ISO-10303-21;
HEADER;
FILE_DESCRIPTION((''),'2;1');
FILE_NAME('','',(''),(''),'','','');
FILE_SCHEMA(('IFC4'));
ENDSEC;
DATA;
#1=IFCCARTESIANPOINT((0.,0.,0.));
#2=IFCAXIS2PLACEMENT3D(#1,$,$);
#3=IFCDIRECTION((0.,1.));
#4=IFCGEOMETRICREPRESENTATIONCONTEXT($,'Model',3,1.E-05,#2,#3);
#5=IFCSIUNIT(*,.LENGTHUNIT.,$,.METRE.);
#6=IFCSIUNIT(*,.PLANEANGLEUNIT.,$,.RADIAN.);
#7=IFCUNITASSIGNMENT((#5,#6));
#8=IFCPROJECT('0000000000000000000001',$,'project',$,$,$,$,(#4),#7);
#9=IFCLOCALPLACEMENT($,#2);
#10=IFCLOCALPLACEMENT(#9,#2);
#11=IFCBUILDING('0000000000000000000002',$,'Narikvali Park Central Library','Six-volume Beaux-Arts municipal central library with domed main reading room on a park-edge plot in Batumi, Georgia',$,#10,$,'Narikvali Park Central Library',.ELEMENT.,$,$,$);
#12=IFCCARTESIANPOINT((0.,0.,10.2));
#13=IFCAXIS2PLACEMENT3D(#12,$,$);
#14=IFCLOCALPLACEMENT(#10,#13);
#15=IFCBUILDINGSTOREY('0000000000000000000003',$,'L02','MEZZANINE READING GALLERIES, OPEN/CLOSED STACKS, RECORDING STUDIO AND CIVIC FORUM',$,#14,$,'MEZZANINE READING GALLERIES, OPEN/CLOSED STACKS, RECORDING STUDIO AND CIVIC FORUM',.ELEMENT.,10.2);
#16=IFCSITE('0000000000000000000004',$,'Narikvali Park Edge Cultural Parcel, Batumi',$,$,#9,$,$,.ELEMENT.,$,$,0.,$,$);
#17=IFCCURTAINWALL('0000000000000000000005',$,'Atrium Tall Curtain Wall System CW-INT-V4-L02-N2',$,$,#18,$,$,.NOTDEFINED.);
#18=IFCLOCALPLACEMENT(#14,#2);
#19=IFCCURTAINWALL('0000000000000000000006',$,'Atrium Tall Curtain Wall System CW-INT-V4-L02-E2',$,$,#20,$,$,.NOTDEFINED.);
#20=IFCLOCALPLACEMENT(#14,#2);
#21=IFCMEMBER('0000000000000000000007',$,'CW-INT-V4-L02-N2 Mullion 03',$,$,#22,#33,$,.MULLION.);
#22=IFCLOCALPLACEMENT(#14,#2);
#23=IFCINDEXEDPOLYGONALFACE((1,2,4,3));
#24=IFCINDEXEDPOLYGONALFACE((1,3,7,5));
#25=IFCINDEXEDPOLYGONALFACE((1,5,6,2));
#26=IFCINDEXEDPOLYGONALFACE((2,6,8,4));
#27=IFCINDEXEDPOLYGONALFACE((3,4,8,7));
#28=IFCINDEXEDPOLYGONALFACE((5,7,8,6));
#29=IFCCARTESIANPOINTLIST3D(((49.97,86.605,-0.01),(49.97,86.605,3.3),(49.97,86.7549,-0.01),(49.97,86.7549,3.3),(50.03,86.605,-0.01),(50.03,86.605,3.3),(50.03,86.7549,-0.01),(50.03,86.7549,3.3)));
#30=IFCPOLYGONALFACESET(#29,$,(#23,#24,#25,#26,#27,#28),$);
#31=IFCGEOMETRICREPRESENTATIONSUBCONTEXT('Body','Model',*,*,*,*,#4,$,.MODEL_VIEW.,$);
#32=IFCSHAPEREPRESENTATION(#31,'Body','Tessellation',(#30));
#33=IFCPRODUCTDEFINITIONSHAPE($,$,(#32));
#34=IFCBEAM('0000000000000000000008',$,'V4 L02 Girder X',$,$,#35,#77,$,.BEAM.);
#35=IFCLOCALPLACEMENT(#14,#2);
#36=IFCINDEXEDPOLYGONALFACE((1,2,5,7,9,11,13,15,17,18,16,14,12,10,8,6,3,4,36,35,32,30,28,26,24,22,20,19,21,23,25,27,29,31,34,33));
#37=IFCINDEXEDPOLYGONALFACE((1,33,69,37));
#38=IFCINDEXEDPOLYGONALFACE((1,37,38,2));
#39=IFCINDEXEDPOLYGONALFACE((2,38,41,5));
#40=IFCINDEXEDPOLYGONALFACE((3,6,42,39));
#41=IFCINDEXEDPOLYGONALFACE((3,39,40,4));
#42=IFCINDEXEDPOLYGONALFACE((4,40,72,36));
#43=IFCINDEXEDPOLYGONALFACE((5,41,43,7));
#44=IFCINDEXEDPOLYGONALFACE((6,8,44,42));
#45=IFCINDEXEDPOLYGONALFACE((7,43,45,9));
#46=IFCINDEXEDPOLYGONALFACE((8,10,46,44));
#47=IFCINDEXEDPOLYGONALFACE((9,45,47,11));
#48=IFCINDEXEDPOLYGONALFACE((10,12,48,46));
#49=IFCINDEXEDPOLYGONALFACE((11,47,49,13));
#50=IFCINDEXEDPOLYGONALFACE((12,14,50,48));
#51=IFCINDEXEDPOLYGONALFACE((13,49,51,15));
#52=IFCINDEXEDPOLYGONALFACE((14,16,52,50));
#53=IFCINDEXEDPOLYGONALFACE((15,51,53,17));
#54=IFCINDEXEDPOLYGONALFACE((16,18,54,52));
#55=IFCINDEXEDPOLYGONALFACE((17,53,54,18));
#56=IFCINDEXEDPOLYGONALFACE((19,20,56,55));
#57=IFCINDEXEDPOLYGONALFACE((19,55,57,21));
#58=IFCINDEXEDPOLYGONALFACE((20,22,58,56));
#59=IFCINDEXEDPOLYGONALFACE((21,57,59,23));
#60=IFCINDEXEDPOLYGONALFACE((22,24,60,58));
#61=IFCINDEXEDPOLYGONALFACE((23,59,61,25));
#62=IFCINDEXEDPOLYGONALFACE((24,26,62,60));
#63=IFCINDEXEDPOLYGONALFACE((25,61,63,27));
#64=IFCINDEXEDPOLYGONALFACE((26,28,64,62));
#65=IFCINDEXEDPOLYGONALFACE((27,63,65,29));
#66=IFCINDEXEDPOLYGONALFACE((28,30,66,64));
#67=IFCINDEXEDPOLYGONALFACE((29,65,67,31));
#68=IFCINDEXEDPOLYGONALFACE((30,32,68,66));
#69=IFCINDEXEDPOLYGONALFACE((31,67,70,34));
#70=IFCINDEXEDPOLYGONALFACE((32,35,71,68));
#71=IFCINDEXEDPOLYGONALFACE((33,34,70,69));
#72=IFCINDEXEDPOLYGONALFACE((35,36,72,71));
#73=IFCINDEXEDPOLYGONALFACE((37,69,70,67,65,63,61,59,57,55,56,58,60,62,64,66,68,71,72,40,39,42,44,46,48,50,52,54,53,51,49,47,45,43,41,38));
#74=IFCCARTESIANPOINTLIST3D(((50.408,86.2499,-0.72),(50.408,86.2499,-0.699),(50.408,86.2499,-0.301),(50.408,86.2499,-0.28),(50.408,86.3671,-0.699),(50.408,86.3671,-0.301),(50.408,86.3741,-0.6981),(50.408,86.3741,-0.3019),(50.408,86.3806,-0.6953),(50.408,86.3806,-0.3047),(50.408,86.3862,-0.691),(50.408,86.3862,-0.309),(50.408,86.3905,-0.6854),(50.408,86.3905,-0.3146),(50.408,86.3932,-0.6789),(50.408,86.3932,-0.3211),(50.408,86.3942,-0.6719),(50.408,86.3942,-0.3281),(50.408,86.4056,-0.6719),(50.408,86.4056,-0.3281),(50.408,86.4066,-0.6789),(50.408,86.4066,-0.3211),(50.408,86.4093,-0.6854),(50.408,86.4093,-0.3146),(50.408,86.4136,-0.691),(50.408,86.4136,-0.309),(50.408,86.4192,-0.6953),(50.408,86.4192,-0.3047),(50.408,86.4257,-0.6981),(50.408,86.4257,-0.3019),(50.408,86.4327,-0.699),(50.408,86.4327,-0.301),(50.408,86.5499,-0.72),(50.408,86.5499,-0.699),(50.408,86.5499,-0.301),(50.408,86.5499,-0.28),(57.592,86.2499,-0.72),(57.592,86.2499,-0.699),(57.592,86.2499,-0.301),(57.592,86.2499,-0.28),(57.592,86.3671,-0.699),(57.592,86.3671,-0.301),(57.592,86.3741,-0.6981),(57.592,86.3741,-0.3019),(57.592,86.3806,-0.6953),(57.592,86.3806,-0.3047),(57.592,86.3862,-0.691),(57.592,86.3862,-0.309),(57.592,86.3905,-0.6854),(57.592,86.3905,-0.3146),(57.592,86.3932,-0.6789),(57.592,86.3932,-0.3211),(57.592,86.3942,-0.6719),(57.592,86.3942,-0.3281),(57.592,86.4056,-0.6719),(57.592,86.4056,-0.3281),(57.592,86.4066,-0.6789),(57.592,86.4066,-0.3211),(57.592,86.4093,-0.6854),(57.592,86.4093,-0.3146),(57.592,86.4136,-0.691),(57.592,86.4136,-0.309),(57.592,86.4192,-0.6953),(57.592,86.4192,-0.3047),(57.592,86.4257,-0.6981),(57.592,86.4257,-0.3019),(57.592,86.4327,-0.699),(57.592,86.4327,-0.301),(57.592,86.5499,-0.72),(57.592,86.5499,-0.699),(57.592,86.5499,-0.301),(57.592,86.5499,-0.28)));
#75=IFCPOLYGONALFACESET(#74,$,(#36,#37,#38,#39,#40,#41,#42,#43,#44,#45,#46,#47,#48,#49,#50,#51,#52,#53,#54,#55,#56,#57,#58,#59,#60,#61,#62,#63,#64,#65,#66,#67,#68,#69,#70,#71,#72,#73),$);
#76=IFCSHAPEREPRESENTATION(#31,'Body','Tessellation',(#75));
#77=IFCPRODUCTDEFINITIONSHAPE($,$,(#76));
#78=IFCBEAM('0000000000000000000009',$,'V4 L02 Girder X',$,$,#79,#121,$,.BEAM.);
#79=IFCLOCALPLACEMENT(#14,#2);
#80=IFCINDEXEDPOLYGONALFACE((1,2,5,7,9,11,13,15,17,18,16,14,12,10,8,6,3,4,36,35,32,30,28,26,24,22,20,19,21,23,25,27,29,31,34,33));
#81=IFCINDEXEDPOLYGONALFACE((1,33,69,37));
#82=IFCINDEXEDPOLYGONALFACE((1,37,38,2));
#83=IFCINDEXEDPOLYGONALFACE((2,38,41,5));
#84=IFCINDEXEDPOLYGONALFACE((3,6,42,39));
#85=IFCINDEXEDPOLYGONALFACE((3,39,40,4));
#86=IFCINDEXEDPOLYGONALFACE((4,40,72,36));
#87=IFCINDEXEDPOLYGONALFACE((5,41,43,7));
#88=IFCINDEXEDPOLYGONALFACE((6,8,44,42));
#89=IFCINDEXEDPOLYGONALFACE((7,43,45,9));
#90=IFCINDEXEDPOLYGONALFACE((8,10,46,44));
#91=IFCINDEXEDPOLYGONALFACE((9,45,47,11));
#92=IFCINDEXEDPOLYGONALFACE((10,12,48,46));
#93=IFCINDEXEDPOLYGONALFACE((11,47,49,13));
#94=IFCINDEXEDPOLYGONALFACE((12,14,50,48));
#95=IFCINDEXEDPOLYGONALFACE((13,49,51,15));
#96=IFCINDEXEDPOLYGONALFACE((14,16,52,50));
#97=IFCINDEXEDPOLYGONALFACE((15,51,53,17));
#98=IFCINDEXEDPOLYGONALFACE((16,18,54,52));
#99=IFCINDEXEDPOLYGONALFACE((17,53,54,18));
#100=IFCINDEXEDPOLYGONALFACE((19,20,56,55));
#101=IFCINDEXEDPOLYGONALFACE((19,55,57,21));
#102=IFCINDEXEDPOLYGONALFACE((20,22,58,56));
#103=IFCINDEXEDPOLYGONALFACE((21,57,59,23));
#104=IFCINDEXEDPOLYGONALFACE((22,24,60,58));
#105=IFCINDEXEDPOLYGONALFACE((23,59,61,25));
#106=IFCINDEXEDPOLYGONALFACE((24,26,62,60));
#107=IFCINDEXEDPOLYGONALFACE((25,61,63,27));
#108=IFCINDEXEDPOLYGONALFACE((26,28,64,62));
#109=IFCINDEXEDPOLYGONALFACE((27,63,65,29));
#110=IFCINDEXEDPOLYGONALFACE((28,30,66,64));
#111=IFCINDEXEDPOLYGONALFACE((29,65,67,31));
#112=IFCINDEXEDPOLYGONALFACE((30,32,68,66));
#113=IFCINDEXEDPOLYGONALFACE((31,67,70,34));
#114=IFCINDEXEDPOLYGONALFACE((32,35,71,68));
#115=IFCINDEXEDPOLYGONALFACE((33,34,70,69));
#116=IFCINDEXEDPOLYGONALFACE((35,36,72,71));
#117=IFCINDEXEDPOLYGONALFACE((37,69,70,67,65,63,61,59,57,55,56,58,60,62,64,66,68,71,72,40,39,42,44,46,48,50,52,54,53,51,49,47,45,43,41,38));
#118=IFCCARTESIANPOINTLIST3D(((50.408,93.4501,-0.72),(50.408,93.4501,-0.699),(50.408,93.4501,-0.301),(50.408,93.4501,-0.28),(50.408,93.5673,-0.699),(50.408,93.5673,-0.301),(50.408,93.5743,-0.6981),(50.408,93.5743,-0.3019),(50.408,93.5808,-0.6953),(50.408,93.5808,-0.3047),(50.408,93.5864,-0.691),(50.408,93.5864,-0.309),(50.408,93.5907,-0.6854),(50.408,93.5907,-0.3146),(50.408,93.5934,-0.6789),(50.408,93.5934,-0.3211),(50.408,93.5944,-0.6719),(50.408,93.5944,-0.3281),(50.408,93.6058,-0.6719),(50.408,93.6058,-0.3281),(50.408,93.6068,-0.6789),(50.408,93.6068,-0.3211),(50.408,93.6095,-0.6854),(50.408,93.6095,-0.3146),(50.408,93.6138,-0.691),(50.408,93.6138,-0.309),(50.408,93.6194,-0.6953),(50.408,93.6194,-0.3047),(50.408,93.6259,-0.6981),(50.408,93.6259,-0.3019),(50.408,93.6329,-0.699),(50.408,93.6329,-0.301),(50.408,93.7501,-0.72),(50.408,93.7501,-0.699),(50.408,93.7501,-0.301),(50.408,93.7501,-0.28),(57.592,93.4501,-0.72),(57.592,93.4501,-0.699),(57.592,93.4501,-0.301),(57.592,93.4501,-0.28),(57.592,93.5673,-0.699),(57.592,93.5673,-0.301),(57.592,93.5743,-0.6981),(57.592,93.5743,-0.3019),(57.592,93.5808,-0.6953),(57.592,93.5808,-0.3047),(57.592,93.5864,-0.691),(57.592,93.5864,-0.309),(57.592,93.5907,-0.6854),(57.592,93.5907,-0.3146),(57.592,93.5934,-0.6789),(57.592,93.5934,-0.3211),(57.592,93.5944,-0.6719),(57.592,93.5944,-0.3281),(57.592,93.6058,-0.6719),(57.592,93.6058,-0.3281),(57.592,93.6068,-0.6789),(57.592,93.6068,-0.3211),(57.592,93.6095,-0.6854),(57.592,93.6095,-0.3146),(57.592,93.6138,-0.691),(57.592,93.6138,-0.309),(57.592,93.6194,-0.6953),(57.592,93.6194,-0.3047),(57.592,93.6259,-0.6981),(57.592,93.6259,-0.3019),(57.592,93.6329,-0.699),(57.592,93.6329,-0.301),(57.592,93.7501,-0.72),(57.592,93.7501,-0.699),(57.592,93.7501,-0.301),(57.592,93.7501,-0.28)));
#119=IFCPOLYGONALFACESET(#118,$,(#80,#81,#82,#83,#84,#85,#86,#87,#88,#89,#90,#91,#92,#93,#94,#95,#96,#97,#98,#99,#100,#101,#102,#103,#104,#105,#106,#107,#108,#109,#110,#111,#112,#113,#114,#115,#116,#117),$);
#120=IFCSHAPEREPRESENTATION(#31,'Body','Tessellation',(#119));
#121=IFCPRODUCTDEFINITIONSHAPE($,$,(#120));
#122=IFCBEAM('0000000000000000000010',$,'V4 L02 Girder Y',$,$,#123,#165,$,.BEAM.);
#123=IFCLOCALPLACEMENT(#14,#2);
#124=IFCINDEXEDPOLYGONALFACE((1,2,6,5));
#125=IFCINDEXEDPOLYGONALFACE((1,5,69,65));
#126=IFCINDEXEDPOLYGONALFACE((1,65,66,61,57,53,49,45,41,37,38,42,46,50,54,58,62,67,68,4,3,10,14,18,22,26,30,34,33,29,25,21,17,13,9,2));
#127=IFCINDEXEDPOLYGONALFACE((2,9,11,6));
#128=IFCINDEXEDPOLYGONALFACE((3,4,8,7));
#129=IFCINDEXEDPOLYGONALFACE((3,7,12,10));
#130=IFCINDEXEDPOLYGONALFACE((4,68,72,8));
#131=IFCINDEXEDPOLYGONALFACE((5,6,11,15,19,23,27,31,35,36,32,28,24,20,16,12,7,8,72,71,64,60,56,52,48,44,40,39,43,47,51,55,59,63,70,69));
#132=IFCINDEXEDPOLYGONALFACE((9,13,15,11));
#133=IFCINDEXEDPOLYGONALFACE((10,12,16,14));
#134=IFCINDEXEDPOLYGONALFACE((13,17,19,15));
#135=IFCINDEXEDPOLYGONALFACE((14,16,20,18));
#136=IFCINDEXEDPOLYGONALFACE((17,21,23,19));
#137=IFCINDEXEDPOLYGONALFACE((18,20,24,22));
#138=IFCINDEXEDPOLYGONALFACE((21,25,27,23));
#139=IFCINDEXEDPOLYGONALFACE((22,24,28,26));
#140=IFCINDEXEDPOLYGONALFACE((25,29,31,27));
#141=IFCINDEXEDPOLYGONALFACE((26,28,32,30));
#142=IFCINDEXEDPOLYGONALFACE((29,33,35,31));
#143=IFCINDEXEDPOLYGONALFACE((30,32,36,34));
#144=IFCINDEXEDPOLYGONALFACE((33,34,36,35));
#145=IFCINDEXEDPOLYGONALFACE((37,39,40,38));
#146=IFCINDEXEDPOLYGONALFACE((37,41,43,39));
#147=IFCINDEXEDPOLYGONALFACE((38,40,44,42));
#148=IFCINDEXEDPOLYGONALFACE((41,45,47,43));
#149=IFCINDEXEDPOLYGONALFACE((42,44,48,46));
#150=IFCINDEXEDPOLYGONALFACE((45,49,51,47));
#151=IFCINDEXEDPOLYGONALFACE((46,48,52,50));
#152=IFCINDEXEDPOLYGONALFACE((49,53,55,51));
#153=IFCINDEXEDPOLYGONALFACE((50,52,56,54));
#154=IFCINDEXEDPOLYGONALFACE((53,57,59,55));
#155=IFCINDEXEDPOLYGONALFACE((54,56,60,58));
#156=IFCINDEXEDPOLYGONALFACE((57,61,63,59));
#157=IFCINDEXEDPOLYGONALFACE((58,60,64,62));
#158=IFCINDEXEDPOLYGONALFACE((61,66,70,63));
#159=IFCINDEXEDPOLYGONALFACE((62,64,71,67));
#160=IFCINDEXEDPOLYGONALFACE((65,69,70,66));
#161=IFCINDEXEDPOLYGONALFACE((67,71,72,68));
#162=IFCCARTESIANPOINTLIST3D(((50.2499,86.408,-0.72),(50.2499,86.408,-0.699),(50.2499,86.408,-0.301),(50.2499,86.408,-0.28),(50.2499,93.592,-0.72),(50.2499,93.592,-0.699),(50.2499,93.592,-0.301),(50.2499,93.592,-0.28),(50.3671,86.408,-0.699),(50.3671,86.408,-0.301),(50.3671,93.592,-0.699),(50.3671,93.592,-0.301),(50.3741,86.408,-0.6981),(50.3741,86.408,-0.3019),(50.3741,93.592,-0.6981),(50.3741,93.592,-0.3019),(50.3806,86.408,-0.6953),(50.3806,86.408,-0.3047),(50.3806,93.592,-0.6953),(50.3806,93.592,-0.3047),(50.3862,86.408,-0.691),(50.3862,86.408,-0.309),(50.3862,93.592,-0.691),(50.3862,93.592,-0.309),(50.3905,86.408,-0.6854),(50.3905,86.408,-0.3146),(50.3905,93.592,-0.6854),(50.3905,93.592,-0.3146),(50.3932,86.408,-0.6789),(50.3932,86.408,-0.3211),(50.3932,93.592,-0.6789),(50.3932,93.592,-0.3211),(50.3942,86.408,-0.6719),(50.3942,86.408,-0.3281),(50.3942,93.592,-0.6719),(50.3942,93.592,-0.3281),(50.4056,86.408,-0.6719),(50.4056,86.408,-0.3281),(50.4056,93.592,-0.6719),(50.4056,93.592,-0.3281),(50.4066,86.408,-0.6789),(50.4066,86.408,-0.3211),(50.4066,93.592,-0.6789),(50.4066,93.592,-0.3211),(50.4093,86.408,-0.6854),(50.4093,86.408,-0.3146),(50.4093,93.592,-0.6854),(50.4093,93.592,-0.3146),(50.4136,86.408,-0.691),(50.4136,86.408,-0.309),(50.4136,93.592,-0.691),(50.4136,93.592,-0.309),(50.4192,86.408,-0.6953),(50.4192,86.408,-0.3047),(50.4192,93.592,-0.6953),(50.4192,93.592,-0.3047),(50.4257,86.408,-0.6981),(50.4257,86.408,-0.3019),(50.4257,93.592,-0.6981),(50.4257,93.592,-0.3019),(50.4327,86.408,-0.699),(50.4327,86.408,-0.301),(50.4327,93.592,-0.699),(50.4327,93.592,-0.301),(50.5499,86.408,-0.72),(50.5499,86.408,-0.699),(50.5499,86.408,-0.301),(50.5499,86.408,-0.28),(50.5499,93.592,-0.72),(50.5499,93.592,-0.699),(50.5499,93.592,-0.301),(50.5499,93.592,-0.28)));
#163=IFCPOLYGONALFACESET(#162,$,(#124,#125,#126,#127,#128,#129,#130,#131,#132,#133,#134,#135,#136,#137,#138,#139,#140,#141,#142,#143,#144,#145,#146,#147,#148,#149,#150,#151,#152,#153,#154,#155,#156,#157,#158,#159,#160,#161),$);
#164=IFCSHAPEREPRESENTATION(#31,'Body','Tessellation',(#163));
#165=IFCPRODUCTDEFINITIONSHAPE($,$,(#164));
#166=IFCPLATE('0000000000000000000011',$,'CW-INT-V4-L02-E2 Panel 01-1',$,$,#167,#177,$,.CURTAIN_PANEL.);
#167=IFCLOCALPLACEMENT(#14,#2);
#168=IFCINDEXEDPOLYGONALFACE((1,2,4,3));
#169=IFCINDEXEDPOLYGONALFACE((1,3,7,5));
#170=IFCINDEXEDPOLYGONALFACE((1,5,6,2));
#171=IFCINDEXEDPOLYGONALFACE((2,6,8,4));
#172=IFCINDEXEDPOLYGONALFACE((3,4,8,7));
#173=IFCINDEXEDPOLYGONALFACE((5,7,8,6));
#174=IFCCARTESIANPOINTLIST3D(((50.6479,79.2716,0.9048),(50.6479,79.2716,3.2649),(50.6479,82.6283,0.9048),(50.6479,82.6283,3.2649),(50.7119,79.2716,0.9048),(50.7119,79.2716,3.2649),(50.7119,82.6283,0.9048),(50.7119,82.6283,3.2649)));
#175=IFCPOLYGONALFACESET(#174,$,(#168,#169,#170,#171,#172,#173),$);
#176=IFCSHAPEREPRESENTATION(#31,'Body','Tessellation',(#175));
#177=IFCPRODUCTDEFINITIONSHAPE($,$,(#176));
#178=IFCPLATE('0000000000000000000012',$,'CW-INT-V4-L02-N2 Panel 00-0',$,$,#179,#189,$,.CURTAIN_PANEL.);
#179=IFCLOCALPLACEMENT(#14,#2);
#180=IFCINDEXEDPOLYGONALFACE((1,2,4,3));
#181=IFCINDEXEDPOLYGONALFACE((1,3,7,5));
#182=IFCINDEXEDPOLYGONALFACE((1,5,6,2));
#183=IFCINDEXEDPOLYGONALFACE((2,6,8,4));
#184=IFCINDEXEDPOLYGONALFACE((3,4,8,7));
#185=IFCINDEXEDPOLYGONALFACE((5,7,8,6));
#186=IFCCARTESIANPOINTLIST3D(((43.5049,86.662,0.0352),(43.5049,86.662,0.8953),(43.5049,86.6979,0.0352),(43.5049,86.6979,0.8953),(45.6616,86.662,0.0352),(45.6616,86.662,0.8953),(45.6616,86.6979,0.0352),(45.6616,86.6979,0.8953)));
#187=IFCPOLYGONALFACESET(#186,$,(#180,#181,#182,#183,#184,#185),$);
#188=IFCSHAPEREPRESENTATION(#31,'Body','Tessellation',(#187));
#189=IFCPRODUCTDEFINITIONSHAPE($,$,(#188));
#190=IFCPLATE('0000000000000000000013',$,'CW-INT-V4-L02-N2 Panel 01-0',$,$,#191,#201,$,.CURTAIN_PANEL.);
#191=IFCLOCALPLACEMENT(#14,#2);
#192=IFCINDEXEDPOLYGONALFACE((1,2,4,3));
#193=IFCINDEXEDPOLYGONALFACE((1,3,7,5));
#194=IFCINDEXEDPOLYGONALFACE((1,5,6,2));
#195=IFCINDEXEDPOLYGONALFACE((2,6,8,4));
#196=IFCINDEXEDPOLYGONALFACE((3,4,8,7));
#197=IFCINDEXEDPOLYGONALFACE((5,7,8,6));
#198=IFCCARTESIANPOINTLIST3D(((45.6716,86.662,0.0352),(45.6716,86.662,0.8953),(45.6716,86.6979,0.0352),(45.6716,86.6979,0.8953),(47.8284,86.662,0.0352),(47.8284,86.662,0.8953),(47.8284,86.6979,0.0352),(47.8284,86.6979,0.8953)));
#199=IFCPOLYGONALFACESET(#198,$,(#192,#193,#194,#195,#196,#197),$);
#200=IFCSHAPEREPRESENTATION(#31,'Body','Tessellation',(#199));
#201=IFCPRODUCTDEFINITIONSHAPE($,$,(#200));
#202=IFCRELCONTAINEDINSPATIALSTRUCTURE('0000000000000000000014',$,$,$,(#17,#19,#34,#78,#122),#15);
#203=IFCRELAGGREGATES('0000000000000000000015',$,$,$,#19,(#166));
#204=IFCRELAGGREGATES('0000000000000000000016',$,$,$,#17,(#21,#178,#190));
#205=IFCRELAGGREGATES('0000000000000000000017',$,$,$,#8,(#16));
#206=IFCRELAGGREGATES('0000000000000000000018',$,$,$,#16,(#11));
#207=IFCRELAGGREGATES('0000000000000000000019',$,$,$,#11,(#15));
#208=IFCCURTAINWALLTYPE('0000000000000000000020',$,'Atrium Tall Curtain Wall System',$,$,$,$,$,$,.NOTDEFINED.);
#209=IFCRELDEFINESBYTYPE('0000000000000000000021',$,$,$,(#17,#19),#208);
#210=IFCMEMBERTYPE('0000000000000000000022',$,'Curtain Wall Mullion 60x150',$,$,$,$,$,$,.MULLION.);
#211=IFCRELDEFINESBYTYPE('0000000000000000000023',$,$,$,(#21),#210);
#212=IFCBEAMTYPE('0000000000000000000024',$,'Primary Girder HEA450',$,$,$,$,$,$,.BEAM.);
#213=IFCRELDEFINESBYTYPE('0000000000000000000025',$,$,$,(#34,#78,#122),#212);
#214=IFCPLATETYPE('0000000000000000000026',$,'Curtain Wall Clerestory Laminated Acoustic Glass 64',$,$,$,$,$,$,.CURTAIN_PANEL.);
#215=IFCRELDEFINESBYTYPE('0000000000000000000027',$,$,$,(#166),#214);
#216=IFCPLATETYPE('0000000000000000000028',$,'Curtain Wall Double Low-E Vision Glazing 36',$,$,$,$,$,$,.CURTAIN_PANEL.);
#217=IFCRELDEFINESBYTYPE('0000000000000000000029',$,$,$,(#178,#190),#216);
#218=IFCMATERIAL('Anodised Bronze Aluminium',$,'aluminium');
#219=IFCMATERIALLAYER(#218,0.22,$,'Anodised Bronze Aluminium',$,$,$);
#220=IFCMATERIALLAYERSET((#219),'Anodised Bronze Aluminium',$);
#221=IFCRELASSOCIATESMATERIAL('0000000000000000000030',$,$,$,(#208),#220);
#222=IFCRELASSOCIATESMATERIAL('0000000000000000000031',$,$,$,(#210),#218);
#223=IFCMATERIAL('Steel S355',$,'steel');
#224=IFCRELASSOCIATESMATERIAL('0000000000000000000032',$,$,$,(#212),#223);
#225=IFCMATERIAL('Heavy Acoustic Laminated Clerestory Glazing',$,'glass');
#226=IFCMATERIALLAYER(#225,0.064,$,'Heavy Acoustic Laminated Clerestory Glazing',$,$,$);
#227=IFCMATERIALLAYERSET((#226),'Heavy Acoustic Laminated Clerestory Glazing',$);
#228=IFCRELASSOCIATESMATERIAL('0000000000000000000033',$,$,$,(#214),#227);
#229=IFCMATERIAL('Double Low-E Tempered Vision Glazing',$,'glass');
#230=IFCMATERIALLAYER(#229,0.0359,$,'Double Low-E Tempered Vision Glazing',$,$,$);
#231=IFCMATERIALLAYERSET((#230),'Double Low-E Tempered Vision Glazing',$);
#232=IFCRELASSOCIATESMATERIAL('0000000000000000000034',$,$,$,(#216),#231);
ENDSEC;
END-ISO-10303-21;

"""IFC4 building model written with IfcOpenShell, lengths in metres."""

from ifc_helpers import new_model, si_unit, direction, frame, origin, origin_2d, place, context, subcontext, project, spatial, rectangle, i_section, extrude, material, layer, layer_set, material_profile, profile_set, type_object, element, aggregate, save


model = new_model("IFC4")

# Units and contexts
model_context = context("Model", 3, precision=1e-05, world=origin(), true_north=direction((0.0, 1.0)))
body_context = subcontext(model_context, "Body", "Model", "MODEL_VIEW")
ifc_project = project(units=[si_unit("LENGTHUNIT", "METRE"), si_unit("PLANEANGLEUNIT", "RADIAN")], contexts=[model_context])

# Site, building, storey
site_placement = place(None, origin())
site = spatial("IfcSite", under=ifc_project, at=site_placement, Name="Narikvali Park Edge Cultural Parcel, Batumi", CompositionType="ELEMENT", RefElevation=0.0)
building_placement = place(site_placement, origin())
building = spatial("IfcBuilding", under=site, at=building_placement, Name="Narikvali Park Central Library", Description="Six-volume Beaux-Arts municipal central library with domed main reading room on a park-edge plot in Batumi, Georgia", LongName="Narikvali Park Central Library", CompositionType="ELEMENT")
storey_placement = place(building_placement, frame((0.0, 0.0, 10.2)))
storey = spatial("IfcBuildingStorey", under=building, at=storey_placement, Name="L02", Description="MEZZANINE READING GALLERIES, OPEN/CLOSED STACKS, RECORDING STUDIO AND CIVIC FORUM", LongName="MEZZANINE READING GALLERIES, OPEN/CLOSED STACKS, RECORDING STUDIO AND CIVIC FORUM", CompositionType="ELEMENT", Elevation=10.2)

# Shared definitions
ifc_material_1 = material(Name="Steel S355", Category="steel")

# Curtain wall
ifc_material_2 = material(Name="Anodised Bronze Aluminium", Category="aluminium")
ifc_layer_1 = layer(ifc_material_2, 0.22, Name="Anodised Bronze Aluminium")
ifc_layer_set_1 = layer_set([ifc_layer_1], Name="Anodised Bronze Aluminium")
curtain_wall_type = type_object("IfcCurtainWallType", Name="Atrium Tall Curtain Wall System", PredefinedType="NOTDEFINED", material=ifc_layer_set_1)
curtain_wall_1_placement = place(storey_placement, origin())
curtain_wall_1 = element("IfcCurtainWall", 1, at=curtain_wall_1_placement, inside=storey, type_object=curtain_wall_type, Name="Atrium Tall Curtain Wall System CW-INT-V4-L02-N2", PredefinedType="NOTDEFINED")

# Curtain wall
curtain_wall_2_placement = place(storey_placement, origin())
curtain_wall_2 = element("IfcCurtainWall", 2, at=curtain_wall_2_placement, inside=storey, type_object=curtain_wall_type, Name="Atrium Tall Curtain Wall System CW-INT-V4-L02-E2", PredefinedType="NOTDEFINED")
ifc_material_profile_1 = material_profile(ifc_material_2, rectangle(XDim=0.0601, YDim=0.1499, at=origin_2d()), Name="CW MULLION 60x150")
ifc_profile_set_1 = profile_set([ifc_material_profile_1], Name="Anodised Bronze Aluminium")
member_type_1 = type_object("IfcMemberType", Name="Curtain Wall Mullion 60x150", PredefinedType="MULLION", material=ifc_profile_set_1)

# Member
member_1_placement = place(storey_placement, frame((50.0, 86.6799, -0.01), z_axis=(0.0, 0.0, 1.0), x_axis=(1.0, 0.0, 0.0)))
member_1 = element("IfcMember", 3, at=member_1_placement, type_object=member_type_1, Name="CW-INT-V4-L02-N2 Mullion 03", PredefinedType="MULLION", context=body_context, shape_type="SweptSolid", body=[
    extrude(rectangle(XDim=0.0601, YDim=0.1499, at=origin_2d()), origin(), (0.0, 0.0, 1.0), 3.3101),
])

# Beams
ifc_material_profile_2 = material_profile(ifc_material_1, i_section(OverallWidth=0.3, OverallDepth=0.4399, WebThickness=0.0115, FlangeThickness=0.021, FilletRadius=0.0271, at=origin_2d()), Name="HEA 450")
ifc_profile_set_2 = profile_set([ifc_material_profile_2], Name="Steel S355")
beam_type = type_object("IfcBeamType", Name="Primary Girder HEA450", PredefinedType="BEAM", material=ifc_profile_set_2)
for number, where, z_axis, x_axis, name in (
    (4, (50.408, 86.3999, -0.5), (1.0, 0.0, 0.0), (0.0, 1.0, 0.0), "V4 L02 Girder X"),
    (5, (50.408, 93.6001, -0.5), (1.0, 0.0, 0.0), (0.0, 1.0, 0.0), "V4 L02 Girder X"),
    (6, (50.3999, 86.408, -0.5), (0.0, 1.0, 0.0), (-1.0, 0.0, 0.0), "V4 L02 Girder Y"),
):
    element("IfcBeam", number, at=place(storey_placement, frame(where, z_axis=z_axis, x_axis=x_axis)), inside=storey, type_object=beam_type, Name=name, PredefinedType="BEAM", context=body_context, shape_type="SweptSolid", body=[
        extrude(i_section(OverallWidth=0.3, OverallDepth=0.4399, WebThickness=0.0115, FlangeThickness=0.021, FilletRadius=0.0271, at=origin_2d()), origin(), (0.0, 0.0, 1.0), 7.1841),
    ])

# Plates
ifc_material_3 = material(Name="Heavy Acoustic Laminated Clerestory Glazing", Category="glass")
ifc_layer_2 = layer(ifc_material_3, 0.064, Name="Heavy Acoustic Laminated Clerestory Glazing")
ifc_layer_set_2 = layer_set([ifc_layer_2], Name="Heavy Acoustic Laminated Clerestory Glazing")
plate_type_1 = type_object("IfcPlateType", Name="Curtain Wall Clerestory Laminated Acoustic Glass 64", PredefinedType="CURTAIN_PANEL", material=ifc_layer_set_2)
plate_1_placement = place(storey_placement, frame((50.6799, 80.95, 0.9048), z_axis=(0.0, 0.0, 1.0), x_axis=(0.0, 1.0, 0.0)))
plate_1 = element("IfcPlate", 7, at=plate_1_placement, type_object=plate_type_1, Name="CW-INT-V4-L02-E2 Panel 01-1", PredefinedType="CURTAIN_PANEL", context=body_context, shape_type="SweptSolid", body=[
    extrude(rectangle(XDim=3.3567, YDim=0.064, at=origin_2d()), origin(), (0.0, 0.0, 1.0), 2.3601),
])
ifc_material_4 = material(Name="Double Low-E Tempered Vision Glazing", Category="glass")
ifc_layer_3 = layer(ifc_material_4, 0.0359, Name="Double Low-E Tempered Vision Glazing")
ifc_layer_set_3 = layer_set([ifc_layer_3], Name="Double Low-E Tempered Vision Glazing")
plate_type_2 = type_object("IfcPlateType", Name="Curtain Wall Double Low-E Vision Glazing 36", PredefinedType="CURTAIN_PANEL", material=ifc_layer_set_3)
plate_2_placement = place(storey_placement, frame((44.5833, 86.6799, 0.0352), z_axis=(0.0, 0.0, 1.0), x_axis=(1.0, 0.0, 0.0)))
plate_2 = element("IfcPlate", 8, at=plate_2_placement, type_object=plate_type_2, Name="CW-INT-V4-L02-N2 Panel 00-0", PredefinedType="CURTAIN_PANEL", context=body_context, shape_type="SweptSolid", body=[
    extrude(rectangle(XDim=2.1567, YDim=0.0359, at=origin_2d()), origin(), (0.0, 0.0, 1.0), 0.8601),
])
plate_3_placement = place(storey_placement, frame((46.75, 86.6799, 0.0352), z_axis=(0.0, 0.0, 1.0), x_axis=(1.0, 0.0, 0.0)))
plate_3 = element("IfcPlate", 9, at=plate_3_placement, type_object=plate_type_2, Name="CW-INT-V4-L02-N2 Panel 01-0", PredefinedType="CURTAIN_PANEL", context=body_context, shape_type="SweptSolid", body=[
    extrude(rectangle(XDim=2.1567, YDim=0.0359, at=origin_2d()), origin(), (0.0, 0.0, 1.0), 0.8601),
])
aggregate(curtain_wall_2, [plate_1])
aggregate(curtain_wall_1, [member_1, plate_2, plate_3])

save(model, "model.ifc")
